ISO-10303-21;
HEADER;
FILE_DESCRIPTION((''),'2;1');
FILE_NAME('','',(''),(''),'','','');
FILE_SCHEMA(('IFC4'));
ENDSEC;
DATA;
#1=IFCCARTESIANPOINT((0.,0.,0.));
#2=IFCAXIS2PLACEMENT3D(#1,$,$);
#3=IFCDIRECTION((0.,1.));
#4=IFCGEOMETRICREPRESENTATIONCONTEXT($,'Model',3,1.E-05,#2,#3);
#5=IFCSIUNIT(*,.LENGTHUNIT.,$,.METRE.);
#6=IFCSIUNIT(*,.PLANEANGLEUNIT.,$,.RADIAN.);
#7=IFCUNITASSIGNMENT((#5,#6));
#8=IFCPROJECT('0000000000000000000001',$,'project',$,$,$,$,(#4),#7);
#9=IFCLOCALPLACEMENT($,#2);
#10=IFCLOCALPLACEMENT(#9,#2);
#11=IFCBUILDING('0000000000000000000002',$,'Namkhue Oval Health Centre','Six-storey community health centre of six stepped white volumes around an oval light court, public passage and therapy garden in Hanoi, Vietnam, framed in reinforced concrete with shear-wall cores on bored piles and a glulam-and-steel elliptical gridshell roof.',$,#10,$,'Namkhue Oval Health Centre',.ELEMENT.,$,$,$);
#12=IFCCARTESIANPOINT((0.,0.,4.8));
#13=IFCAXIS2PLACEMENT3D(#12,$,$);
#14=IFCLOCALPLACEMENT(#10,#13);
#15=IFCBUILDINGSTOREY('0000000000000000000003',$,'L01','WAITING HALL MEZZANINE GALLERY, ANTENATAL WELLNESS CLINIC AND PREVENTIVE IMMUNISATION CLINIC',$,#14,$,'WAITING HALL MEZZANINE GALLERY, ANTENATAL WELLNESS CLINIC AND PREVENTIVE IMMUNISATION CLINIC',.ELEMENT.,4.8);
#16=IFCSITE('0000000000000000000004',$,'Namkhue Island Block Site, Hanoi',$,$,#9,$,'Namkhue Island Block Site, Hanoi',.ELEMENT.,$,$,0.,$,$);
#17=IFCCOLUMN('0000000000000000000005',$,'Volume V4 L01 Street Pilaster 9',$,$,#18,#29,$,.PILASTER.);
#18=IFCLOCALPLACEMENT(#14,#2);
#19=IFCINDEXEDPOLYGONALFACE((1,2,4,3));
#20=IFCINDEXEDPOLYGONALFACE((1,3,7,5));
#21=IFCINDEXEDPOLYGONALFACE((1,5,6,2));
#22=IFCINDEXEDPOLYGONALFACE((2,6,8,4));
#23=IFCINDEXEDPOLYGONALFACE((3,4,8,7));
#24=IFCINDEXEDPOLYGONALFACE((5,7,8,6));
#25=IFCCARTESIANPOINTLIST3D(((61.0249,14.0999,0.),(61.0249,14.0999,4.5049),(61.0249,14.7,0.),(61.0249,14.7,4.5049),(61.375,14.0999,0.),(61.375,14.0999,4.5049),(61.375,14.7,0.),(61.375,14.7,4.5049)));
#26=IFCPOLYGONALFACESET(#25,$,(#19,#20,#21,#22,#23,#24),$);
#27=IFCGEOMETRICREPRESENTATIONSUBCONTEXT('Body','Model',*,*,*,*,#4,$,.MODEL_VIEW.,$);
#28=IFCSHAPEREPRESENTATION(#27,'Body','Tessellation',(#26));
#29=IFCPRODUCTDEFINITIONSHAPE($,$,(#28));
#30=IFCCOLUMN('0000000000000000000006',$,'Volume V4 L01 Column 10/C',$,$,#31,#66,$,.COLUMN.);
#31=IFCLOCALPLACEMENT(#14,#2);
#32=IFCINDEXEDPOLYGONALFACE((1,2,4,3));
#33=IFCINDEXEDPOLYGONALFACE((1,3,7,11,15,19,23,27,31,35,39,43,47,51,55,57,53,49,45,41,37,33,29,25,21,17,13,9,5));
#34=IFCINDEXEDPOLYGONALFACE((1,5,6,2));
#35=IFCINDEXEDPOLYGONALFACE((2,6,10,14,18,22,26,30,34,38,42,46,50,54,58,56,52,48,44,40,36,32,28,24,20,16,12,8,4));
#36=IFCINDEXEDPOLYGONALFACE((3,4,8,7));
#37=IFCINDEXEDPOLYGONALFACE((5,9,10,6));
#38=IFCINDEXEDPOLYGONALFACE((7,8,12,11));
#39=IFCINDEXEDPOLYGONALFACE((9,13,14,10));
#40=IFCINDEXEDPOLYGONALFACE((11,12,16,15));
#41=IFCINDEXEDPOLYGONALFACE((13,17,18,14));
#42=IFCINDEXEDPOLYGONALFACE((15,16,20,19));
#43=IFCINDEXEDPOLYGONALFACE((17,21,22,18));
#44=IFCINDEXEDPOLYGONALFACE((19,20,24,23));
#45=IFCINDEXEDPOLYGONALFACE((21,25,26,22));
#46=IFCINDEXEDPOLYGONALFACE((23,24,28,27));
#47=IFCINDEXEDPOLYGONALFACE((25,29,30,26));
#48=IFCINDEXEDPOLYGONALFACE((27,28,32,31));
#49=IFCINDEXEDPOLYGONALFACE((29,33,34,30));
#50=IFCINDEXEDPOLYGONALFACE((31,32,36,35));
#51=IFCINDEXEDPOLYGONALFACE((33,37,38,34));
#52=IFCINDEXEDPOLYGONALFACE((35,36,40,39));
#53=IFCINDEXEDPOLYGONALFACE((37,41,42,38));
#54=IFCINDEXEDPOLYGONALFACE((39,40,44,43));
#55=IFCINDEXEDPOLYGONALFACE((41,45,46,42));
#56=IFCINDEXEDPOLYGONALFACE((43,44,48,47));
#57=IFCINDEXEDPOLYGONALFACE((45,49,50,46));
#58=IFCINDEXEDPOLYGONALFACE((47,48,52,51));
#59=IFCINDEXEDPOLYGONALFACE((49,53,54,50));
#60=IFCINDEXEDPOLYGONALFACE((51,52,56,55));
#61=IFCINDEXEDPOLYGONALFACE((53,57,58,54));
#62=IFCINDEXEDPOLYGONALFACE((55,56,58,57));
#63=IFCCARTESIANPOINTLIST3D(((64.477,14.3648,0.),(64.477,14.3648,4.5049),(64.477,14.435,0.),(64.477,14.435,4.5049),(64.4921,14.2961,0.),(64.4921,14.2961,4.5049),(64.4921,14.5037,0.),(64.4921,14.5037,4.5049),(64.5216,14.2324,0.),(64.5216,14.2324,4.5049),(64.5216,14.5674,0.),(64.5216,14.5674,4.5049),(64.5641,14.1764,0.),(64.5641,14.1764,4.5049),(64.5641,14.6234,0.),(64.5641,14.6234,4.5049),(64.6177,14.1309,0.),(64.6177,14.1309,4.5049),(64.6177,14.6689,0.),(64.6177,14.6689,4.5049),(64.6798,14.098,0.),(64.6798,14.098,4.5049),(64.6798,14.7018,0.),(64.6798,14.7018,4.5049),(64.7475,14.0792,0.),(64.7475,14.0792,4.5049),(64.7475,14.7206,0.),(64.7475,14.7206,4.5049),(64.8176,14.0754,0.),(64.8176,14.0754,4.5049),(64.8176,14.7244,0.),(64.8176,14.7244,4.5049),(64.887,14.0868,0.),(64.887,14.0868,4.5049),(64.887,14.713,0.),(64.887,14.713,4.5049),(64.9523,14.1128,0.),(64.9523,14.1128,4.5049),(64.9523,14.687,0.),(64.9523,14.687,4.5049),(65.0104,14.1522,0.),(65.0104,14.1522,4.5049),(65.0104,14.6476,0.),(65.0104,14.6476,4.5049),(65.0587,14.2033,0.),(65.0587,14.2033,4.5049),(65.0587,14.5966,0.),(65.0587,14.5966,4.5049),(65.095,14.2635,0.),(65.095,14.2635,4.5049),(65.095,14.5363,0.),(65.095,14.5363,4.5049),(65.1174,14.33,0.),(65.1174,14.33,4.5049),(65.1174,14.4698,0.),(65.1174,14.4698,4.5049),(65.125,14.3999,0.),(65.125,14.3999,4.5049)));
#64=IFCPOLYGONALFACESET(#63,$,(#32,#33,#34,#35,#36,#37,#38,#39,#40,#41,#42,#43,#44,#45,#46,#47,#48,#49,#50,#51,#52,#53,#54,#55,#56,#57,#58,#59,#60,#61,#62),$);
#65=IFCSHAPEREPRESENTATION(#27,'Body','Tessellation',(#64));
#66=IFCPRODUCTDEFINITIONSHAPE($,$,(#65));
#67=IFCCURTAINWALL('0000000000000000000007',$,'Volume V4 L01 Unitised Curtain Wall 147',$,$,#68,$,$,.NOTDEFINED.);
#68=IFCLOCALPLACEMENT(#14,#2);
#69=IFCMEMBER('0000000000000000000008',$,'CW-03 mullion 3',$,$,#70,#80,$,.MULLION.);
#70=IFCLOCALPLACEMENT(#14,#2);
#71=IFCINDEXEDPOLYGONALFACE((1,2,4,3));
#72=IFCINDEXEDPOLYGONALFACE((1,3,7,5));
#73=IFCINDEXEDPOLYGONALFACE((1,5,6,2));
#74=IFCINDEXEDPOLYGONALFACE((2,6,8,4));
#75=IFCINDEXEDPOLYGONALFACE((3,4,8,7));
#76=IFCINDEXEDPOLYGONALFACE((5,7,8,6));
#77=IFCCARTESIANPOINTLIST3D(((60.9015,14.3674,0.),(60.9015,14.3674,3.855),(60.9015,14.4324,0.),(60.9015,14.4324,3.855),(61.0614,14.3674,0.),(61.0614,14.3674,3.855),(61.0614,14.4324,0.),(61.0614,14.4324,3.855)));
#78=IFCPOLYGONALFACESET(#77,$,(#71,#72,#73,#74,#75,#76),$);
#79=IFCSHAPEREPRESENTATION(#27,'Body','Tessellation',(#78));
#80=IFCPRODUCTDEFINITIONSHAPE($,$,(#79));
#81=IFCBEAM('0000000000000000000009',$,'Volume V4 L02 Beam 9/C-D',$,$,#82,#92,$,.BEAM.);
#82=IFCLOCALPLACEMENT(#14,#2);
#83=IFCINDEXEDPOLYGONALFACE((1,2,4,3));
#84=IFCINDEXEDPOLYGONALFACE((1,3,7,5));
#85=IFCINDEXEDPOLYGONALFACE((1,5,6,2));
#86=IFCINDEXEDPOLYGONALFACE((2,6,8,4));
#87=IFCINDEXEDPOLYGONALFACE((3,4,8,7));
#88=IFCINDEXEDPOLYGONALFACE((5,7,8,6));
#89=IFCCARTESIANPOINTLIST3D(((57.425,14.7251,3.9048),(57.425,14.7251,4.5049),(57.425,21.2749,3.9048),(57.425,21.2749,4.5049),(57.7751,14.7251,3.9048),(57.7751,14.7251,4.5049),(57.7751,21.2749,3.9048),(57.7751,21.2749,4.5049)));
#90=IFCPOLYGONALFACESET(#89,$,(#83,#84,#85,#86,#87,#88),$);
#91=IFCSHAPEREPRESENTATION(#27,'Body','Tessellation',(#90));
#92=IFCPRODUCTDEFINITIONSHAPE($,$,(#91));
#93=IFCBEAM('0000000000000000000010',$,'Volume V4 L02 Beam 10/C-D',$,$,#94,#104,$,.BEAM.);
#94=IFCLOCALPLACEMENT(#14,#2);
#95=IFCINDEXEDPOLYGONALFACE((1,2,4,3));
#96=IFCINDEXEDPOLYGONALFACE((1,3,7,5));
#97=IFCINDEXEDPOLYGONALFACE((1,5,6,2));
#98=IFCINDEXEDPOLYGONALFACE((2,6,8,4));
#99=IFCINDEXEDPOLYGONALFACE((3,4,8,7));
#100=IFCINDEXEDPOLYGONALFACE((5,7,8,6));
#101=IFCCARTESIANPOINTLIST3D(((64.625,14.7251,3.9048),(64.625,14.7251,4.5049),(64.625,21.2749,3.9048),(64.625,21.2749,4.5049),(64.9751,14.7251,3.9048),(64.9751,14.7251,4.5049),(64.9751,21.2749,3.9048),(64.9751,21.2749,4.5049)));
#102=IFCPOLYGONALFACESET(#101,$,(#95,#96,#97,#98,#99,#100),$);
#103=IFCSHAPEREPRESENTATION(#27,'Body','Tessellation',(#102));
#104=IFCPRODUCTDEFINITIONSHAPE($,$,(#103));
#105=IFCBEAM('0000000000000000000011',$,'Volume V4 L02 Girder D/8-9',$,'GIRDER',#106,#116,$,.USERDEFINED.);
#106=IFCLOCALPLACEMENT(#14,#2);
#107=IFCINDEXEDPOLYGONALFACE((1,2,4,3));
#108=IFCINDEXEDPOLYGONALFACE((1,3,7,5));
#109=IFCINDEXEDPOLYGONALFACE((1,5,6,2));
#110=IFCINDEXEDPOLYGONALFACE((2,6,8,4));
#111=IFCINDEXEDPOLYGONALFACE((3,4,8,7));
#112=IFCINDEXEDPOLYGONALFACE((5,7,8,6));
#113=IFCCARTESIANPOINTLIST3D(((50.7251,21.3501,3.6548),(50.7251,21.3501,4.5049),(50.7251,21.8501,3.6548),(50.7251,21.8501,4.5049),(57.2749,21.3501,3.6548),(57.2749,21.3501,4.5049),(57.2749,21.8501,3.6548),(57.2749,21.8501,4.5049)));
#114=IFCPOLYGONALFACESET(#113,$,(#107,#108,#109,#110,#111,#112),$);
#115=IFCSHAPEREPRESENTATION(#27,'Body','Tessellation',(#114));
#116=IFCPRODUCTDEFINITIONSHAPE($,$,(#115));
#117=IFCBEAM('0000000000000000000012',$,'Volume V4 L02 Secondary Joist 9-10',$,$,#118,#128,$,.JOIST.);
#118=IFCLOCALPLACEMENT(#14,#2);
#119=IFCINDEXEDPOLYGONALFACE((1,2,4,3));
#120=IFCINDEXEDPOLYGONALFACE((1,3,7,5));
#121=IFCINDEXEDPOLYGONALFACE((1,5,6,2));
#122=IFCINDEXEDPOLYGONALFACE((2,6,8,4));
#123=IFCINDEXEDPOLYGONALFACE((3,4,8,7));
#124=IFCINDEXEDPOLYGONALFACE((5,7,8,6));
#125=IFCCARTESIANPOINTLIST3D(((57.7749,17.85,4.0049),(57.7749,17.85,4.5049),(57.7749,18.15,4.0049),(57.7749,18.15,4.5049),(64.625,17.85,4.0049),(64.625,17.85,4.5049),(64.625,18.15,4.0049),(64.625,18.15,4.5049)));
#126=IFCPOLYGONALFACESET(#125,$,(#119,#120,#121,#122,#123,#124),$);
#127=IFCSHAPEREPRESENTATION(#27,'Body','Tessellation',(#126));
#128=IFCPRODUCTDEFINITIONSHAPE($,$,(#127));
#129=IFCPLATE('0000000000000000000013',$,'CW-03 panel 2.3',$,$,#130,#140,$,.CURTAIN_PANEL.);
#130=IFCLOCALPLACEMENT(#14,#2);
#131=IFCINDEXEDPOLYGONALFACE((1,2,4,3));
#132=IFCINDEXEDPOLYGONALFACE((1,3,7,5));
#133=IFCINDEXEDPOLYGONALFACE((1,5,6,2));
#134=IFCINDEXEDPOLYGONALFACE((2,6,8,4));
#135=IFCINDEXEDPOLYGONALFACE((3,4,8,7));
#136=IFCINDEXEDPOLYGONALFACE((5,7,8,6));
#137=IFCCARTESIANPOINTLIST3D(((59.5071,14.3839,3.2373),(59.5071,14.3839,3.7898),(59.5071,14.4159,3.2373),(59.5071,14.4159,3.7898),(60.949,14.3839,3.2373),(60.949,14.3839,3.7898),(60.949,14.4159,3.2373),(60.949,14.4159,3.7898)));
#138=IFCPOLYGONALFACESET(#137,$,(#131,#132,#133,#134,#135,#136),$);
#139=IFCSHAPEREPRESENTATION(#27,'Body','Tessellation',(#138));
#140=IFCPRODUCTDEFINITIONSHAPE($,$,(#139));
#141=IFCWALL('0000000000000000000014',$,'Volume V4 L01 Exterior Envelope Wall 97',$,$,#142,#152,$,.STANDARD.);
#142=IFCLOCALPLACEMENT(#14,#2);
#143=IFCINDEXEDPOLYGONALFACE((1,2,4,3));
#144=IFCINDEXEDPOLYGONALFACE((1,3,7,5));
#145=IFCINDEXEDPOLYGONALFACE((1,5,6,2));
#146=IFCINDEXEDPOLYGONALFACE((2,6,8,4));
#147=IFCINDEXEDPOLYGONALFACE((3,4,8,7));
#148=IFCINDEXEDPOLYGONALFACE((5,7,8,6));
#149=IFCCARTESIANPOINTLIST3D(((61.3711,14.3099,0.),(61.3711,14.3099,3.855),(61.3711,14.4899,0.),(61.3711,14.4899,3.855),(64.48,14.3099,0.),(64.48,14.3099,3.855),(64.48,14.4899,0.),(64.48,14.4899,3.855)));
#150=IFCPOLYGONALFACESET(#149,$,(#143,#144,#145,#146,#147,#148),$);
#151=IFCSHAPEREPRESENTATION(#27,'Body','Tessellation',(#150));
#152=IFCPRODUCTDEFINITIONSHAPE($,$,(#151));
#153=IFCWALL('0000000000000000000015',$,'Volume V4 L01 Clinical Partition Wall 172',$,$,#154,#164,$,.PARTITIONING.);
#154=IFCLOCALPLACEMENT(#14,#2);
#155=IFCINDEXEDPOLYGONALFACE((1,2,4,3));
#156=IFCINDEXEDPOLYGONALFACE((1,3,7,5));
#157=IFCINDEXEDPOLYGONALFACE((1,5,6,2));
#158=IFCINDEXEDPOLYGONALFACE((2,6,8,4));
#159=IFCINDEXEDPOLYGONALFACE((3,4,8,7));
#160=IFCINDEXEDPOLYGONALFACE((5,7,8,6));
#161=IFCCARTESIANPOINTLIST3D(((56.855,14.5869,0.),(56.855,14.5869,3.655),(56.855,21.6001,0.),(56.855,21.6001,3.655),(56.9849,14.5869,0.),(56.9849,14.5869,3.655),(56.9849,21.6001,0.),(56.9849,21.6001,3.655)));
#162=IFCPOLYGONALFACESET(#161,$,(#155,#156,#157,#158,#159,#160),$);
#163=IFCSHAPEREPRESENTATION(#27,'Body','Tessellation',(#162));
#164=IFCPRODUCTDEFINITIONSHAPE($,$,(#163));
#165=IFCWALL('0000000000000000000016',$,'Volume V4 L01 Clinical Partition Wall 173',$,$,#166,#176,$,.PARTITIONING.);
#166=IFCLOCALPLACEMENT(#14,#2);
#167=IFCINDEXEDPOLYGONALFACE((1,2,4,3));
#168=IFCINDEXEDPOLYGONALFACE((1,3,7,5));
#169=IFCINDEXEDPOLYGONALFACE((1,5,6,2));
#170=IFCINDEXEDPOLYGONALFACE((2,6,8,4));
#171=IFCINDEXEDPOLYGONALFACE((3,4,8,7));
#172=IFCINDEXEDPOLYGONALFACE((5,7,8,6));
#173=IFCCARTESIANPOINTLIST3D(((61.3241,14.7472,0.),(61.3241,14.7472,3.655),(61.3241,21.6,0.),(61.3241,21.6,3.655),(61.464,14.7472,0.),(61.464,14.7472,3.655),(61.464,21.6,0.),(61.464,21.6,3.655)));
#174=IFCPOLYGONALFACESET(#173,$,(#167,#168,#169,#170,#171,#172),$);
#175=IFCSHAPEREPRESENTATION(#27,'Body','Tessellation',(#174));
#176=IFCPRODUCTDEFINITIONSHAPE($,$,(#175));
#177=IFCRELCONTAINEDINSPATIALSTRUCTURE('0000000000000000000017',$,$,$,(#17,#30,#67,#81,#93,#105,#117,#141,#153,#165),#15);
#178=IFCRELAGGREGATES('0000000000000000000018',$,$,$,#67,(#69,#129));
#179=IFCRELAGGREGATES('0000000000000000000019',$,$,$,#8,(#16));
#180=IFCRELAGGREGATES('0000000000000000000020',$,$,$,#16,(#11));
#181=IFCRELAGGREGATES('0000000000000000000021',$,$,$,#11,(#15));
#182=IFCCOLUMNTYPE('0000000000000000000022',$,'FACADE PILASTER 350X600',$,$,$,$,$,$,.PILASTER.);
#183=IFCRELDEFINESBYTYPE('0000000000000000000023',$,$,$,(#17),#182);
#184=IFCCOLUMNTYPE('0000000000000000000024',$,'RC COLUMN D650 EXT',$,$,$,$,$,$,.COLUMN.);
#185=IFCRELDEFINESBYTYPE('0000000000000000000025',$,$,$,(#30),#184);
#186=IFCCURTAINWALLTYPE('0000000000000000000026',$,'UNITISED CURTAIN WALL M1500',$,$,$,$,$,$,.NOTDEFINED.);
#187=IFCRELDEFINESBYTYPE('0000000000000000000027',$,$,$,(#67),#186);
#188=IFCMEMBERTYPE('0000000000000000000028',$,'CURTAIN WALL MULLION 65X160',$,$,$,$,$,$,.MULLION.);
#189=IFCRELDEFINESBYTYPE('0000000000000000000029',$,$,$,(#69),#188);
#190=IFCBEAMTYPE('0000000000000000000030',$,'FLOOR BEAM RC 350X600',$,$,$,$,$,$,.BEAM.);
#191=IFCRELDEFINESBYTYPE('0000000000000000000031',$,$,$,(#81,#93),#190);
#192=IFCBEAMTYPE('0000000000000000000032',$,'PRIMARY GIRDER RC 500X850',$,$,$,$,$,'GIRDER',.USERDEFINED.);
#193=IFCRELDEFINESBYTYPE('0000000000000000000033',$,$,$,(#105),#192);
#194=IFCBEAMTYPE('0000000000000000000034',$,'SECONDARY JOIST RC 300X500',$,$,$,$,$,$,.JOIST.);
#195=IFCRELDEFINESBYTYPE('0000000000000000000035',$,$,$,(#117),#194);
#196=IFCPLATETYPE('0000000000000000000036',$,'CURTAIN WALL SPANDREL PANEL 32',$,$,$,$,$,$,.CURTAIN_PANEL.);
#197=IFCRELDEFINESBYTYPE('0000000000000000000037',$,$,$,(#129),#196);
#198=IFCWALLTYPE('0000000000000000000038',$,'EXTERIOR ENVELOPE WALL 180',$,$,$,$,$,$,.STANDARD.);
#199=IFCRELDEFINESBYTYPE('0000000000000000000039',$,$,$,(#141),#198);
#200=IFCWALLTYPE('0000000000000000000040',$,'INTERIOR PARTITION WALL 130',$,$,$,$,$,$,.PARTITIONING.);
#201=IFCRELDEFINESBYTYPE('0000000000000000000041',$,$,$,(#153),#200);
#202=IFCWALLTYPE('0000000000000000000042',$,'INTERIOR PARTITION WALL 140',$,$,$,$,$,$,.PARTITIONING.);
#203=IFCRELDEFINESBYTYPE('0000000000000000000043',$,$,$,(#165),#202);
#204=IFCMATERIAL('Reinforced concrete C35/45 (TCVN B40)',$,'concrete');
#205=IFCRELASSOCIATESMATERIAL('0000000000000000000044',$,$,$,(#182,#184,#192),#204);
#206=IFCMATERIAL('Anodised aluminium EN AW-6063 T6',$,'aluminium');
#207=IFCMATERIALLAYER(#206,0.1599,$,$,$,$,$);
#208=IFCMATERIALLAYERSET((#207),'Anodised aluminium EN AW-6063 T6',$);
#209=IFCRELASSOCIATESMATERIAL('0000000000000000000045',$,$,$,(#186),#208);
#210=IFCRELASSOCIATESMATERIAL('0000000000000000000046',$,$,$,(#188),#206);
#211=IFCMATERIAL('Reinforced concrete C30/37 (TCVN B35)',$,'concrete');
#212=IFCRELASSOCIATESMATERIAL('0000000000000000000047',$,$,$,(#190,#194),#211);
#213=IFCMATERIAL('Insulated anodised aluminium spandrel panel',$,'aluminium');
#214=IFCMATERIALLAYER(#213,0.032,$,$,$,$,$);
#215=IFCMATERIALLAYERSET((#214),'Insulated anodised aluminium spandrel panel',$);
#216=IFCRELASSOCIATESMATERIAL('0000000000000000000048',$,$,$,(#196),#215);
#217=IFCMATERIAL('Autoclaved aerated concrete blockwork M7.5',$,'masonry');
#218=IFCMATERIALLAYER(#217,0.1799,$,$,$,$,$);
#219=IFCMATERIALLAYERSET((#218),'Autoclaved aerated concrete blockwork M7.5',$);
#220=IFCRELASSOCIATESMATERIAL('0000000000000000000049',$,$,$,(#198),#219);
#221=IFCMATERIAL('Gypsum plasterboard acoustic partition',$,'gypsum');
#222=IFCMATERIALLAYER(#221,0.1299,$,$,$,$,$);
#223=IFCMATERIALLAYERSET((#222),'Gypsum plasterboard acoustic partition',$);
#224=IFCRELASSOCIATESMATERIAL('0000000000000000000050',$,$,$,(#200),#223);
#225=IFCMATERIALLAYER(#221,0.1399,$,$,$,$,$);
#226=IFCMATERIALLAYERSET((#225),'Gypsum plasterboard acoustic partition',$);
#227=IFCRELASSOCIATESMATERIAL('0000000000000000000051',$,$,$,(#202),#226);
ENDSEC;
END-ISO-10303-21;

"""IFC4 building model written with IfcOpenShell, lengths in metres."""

from ifc_helpers import new_model, si_unit, direction, frame, frame_2d, origin, origin_2d, place, context, subcontext, project, spatial, rectangle, circle, extrude, material, layer, layer_set, material_profile, profile_set, type_object, element, aggregate, save


model = new_model("IFC4")

# Units and contexts
model_context = context("Model", 3, precision=1e-05, world=origin(), true_north=direction((0.0, 1.0)))
body_context = subcontext(model_context, "Body", "Model", "MODEL_VIEW")
ifc_project = project(units=[si_unit("LENGTHUNIT", "METRE"), si_unit("PLANEANGLEUNIT", "RADIAN")], contexts=[model_context])

# Site, building, storey
site_placement = place(None, origin())
site = spatial("IfcSite", under=ifc_project, at=site_placement, Name="Namkhue Island Block Site, Hanoi", LongName="Namkhue Island Block Site, Hanoi", CompositionType="ELEMENT", RefElevation=0.0)
building_placement = place(site_placement, origin())
building = spatial("IfcBuilding", under=site, at=building_placement, Name="Namkhue Oval Health Centre", Description="Six-storey community health centre of six stepped white volumes around an oval light court, public passage and therapy garden in Hanoi, Vietnam, framed in reinforced concrete with shear-wall cores on bored piles and a glulam-and-steel elliptical gridshell roof.", LongName="Namkhue Oval Health Centre", CompositionType="ELEMENT")
storey_placement = place(building_placement, frame((0.0, 0.0, 4.8)))
storey = spatial("IfcBuildingStorey", under=building, at=storey_placement, Name="L01", Description="WAITING HALL MEZZANINE GALLERY, ANTENATAL WELLNESS CLINIC AND PREVENTIVE IMMUNISATION CLINIC", LongName="WAITING HALL MEZZANINE GALLERY, ANTENATAL WELLNESS CLINIC AND PREVENTIVE IMMUNISATION CLINIC", CompositionType="ELEMENT", Elevation=4.8)

# Columns
ifc_material_1 = material(Name="Reinforced concrete C35/45 (TCVN B40)", Category="concrete")
ifc_material_profile_1 = material_profile(ifc_material_1, rectangle(XDim=0.3501, YDim=0.6001, at=origin_2d()), Name="RC 350x600")
ifc_profile_set_1 = profile_set([ifc_material_profile_1], Name="Reinforced concrete C35/45 (TCVN B40)")
column_type_1 = type_object("IfcColumnType", Name="FACADE PILASTER 350X600", PredefinedType="PILASTER", material=ifc_profile_set_1)
column_1_placement = place(storey_placement, frame((61.2, 14.3999, 0.0), z_axis=(0.0, 0.0, 1.0), x_axis=(1.0, 0.0, 0.0)))
element("IfcColumn", 1, at=column_1_placement, inside=storey, type_object=column_type_1, Name="Volume V4 L01 Street Pilaster 9", PredefinedType="PILASTER", context=body_context, shape_type="SweptSolid", body=[
    extrude(rectangle(XDim=0.3501, YDim=0.6001, at=origin_2d()), origin(), (0.0, 0.0, 1.0), 4.5049),
])
ifc_material_profile_2 = material_profile(ifc_material_1, circle(Radius=0.325, at=origin_2d()), Name="RC D650")
ifc_profile_set_2 = profile_set([ifc_material_profile_2], Name="Reinforced concrete C35/45 (TCVN B40)")
column_type_2 = type_object("IfcColumnType", Name="RC COLUMN D650 EXT", PredefinedType="COLUMN", material=ifc_profile_set_2)
column_2_placement = place(storey_placement, frame((64.8, 14.3999, 0.0), z_axis=(0.0, 0.0, 1.0), x_axis=(1.0, 0.0, 0.0)))
element("IfcColumn", 2, at=column_2_placement, inside=storey, type_object=column_type_2, Name="Volume V4 L01 Column 10/C", PredefinedType="COLUMN", context=body_context, shape_type="SweptSolid", body=[
    extrude(circle(Radius=0.325, at=origin_2d()), origin(), (0.0, 0.0, 1.0), 4.5049),
])

# Curtain wall, member
ifc_material_2 = material(Name="Anodised aluminium EN AW-6063 T6", Category="aluminium")
ifc_layer_1 = layer(ifc_material_2, 0.1599)
ifc_layer_set_1 = layer_set([ifc_layer_1], Name="Anodised aluminium EN AW-6063 T6")
curtain_wall_type = type_object("IfcCurtainWallType", Name="UNITISED CURTAIN WALL M1500", PredefinedType="NOTDEFINED", material=ifc_layer_set_1)
curtain_wall_placement = place(storey_placement, origin())
curtain_wall = element("IfcCurtainWall", 3, at=curtain_wall_placement, inside=storey, type_object=curtain_wall_type, Name="Volume V4 L01 Unitised Curtain Wall 147", PredefinedType="NOTDEFINED")
ifc_material_profile_3 = material_profile(ifc_material_2, rectangle(XDim=0.0649, YDim=0.1599, at=origin_2d()), Name="ALU 65x160")
ifc_profile_set_3 = profile_set([ifc_material_profile_3], Name="Anodised aluminium EN AW-6063 T6")
member_type = type_object("IfcMemberType", Name="CURTAIN WALL MULLION 65X160", PredefinedType="MULLION", material=ifc_profile_set_3)
member_placement = place(storey_placement, frame((60.9814, 14.3999, 0.0), z_axis=(0.0, 0.0, 1.0), x_axis=(0.0, 1.0, 0.0)))
member = element("IfcMember", 4, at=member_placement, type_object=member_type, Name="CW-03 mullion 3", PredefinedType="MULLION", context=body_context, shape_type="SweptSolid", body=[
    extrude(rectangle(XDim=0.0649, YDim=0.1599, at=origin_2d()), origin(), (0.0, 0.0, 1.0), 3.855),
])

# Beams
ifc_material_3 = material(Name="Reinforced concrete C30/37 (TCVN B35)", Category="concrete")
ifc_material_profile_4 = material_profile(ifc_material_3, rectangle(XDim=0.3501, YDim=0.6001, at=origin_2d()), Name="RC 350x600")
ifc_profile_set_4 = profile_set([ifc_material_profile_4], Name="Reinforced concrete C30/37 (TCVN B35)")
beam_type_1 = type_object("IfcBeamType", Name="FLOOR BEAM RC 350X600", PredefinedType="BEAM", material=ifc_profile_set_4)
for number, where, z_axis, x_axis, name in (
    (5, (57.6001, 14.7251, 4.2048), (0.0, 1.0, 0.0), (-1.0, 0.0, 0.0), "Volume V4 L02 Beam 9/C-D"),
    (6, (64.8, 14.7251, 4.2048), (0.0, 1.0, 0.0), (-1.0, 0.0, 0.0), "Volume V4 L02 Beam 10/C-D"),
):
    element("IfcBeam", number, at=place(storey_placement, frame(where, z_axis=z_axis, x_axis=x_axis)), inside=storey, type_object=beam_type_1, Name=name, PredefinedType="BEAM", context=body_context, shape_type="SweptSolid", body=[
        extrude(rectangle(XDim=0.3501, YDim=0.6001, at=origin_2d()), origin(), (0.0, 0.0, 1.0), 6.5498),
    ])
ifc_material_profile_5 = material_profile(ifc_material_1, rectangle(XDim=0.5, YDim=0.8501, at=origin_2d()), Name="RC 500x850")
ifc_profile_set_5 = profile_set([ifc_material_profile_5], Name="Reinforced concrete C35/45 (TCVN B40)")
beam_type_2 = type_object("IfcBeamType", Name="PRIMARY GIRDER RC 500X850", ElementType="GIRDER", PredefinedType="USERDEFINED", material=ifc_profile_set_5)
beam_1_placement = place(storey_placement, frame((50.7251, 21.6001, 4.0798), z_axis=(1.0, 0.0, 0.0), x_axis=(0.0, 1.0, 0.0)))
element("IfcBeam", 7, at=beam_1_placement, inside=storey, type_object=beam_type_2, Name="Volume V4 L02 Girder D/8-9", ObjectType="GIRDER", PredefinedType="USERDEFINED", context=body_context, shape_type="SweptSolid", body=[
    extrude(rectangle(XDim=0.5, YDim=0.8501, at=origin_2d()), origin(), (0.0, 0.0, 1.0), 6.5498),
])
ifc_material_profile_6 = material_profile(ifc_material_3, rectangle(XDim=0.3, YDim=0.5, at=origin_2d()), Name="RC 300x500")
ifc_profile_set_6 = profile_set([ifc_material_profile_6], Name="Reinforced concrete C30/37 (TCVN B35)")
beam_type_3 = type_object("IfcBeamType", Name="SECONDARY JOIST RC 300X500", PredefinedType="JOIST", material=ifc_profile_set_6)
beam_2_placement = place(storey_placement, frame((57.7749, 18.0, 4.2549), z_axis=(1.0, 0.0, 0.0), x_axis=(0.0, 1.0, 0.0)))
element("IfcBeam", 8, at=beam_2_placement, inside=storey, type_object=beam_type_3, Name="Volume V4 L02 Secondary Joist 9-10", PredefinedType="JOIST", context=body_context, shape_type="SweptSolid", body=[
    extrude(rectangle(XDim=0.3, YDim=0.5, at=origin_2d()), origin(), (0.0, 0.0, 1.0), 6.8501),
])

# Plate
ifc_material_4 = material(Name="Insulated anodised aluminium spandrel panel", Category="aluminium")
ifc_layer_2 = layer(ifc_material_4, 0.032)
ifc_layer_set_2 = layer_set([ifc_layer_2], Name="Insulated anodised aluminium spandrel panel")
plate_type = type_object("IfcPlateType", Name="CURTAIN WALL SPANDREL PANEL 32", PredefinedType="CURTAIN_PANEL", material=ifc_layer_set_2)
plate_placement = place(storey_placement, frame((60.228, 14.3999, 3.2373), z_axis=(0.0, 0.0, 1.0), x_axis=(1.0, 0.0, 0.0)))
plate = element("IfcPlate", 9, at=plate_placement, type_object=plate_type, Name="CW-03 panel 2.3", PredefinedType="CURTAIN_PANEL", context=body_context, shape_type="SweptSolid", body=[
    extrude(rectangle(XDim=1.4419, YDim=0.032, at=origin_2d()), origin(), (0.0, 0.0, 1.0), 0.5525),
])
aggregate(curtain_wall, [member, plate])

# Walls
ifc_material_5 = material(Name="Autoclaved aerated concrete blockwork M7.5", Category="masonry")
ifc_layer_3 = layer(ifc_material_5, 0.1799)
ifc_layer_set_3 = layer_set([ifc_layer_3], Name="Autoclaved aerated concrete blockwork M7.5")
wall_type_1 = type_object("IfcWallType", Name="EXTERIOR ENVELOPE WALL 180", PredefinedType="STANDARD", material=ifc_layer_set_3)
wall_1_placement = place(storey_placement, frame((61.3711, 14.3999, 0.0), z_axis=(0.0, 0.0, 1.0), x_axis=(1.0, 0.0, 0.0)))
element("IfcWall", 10, at=wall_1_placement, inside=storey, type_object=wall_type_1, Name="Volume V4 L01 Exterior Envelope Wall 97", PredefinedType="STANDARD", context=body_context, shape_type="SweptSolid", body=[
    extrude(rectangle(XDim=3.1089, YDim=0.1799, at=frame_2d((1.5544, 0.0))), origin(), (0.0, 0.0, 1.0), 3.855),
])
ifc_material_6 = material(Name="Gypsum plasterboard acoustic partition", Category="gypsum")
ifc_layer_4 = layer(ifc_material_6, 0.1299)
ifc_layer_set_4 = layer_set([ifc_layer_4], Name="Gypsum plasterboard acoustic partition")
wall_type_2 = type_object("IfcWallType", Name="INTERIOR PARTITION WALL 130", PredefinedType="PARTITIONING", material=ifc_layer_set_4)
wall_2_placement = place(storey_placement, frame((56.9199, 14.5869, 0.0), z_axis=(0.0, 0.0, 1.0), x_axis=(0.0, 1.0, 0.0)))
element("IfcWall", 11, at=wall_2_placement, inside=storey, type_object=wall_type_2, Name="Volume V4 L01 Clinical Partition Wall 172", PredefinedType="PARTITIONING", context=body_context, shape_type="SweptSolid", body=[
    extrude(rectangle(XDim=7.0132, YDim=0.1299, at=frame_2d((3.5066, 0.0))), origin(), (0.0, 0.0, 1.0), 3.655),
])
ifc_layer_5 = layer(ifc_material_6, 0.1399)
ifc_layer_set_5 = layer_set([ifc_layer_5], Name="Gypsum plasterboard acoustic partition")
wall_type_3 = type_object("IfcWallType", Name="INTERIOR PARTITION WALL 140", PredefinedType="PARTITIONING", material=ifc_layer_set_5)
wall_3_placement = place(storey_placement, frame((61.394, 14.7473, 0.0), z_axis=(0.0, 0.0, 1.0), x_axis=(0.0, 1.0, 0.0)))
element("IfcWall", 12, at=wall_3_placement, inside=storey, type_object=wall_type_3, Name="Volume V4 L01 Clinical Partition Wall 173", PredefinedType="PARTITIONING", context=body_context, shape_type="SweptSolid", body=[
    extrude(rectangle(XDim=6.8528, YDim=0.1399, at=frame_2d((3.4263, 0.0))), origin(), (0.0, 0.0, 1.0), 3.655),
])

save(model, "model.ifc")
